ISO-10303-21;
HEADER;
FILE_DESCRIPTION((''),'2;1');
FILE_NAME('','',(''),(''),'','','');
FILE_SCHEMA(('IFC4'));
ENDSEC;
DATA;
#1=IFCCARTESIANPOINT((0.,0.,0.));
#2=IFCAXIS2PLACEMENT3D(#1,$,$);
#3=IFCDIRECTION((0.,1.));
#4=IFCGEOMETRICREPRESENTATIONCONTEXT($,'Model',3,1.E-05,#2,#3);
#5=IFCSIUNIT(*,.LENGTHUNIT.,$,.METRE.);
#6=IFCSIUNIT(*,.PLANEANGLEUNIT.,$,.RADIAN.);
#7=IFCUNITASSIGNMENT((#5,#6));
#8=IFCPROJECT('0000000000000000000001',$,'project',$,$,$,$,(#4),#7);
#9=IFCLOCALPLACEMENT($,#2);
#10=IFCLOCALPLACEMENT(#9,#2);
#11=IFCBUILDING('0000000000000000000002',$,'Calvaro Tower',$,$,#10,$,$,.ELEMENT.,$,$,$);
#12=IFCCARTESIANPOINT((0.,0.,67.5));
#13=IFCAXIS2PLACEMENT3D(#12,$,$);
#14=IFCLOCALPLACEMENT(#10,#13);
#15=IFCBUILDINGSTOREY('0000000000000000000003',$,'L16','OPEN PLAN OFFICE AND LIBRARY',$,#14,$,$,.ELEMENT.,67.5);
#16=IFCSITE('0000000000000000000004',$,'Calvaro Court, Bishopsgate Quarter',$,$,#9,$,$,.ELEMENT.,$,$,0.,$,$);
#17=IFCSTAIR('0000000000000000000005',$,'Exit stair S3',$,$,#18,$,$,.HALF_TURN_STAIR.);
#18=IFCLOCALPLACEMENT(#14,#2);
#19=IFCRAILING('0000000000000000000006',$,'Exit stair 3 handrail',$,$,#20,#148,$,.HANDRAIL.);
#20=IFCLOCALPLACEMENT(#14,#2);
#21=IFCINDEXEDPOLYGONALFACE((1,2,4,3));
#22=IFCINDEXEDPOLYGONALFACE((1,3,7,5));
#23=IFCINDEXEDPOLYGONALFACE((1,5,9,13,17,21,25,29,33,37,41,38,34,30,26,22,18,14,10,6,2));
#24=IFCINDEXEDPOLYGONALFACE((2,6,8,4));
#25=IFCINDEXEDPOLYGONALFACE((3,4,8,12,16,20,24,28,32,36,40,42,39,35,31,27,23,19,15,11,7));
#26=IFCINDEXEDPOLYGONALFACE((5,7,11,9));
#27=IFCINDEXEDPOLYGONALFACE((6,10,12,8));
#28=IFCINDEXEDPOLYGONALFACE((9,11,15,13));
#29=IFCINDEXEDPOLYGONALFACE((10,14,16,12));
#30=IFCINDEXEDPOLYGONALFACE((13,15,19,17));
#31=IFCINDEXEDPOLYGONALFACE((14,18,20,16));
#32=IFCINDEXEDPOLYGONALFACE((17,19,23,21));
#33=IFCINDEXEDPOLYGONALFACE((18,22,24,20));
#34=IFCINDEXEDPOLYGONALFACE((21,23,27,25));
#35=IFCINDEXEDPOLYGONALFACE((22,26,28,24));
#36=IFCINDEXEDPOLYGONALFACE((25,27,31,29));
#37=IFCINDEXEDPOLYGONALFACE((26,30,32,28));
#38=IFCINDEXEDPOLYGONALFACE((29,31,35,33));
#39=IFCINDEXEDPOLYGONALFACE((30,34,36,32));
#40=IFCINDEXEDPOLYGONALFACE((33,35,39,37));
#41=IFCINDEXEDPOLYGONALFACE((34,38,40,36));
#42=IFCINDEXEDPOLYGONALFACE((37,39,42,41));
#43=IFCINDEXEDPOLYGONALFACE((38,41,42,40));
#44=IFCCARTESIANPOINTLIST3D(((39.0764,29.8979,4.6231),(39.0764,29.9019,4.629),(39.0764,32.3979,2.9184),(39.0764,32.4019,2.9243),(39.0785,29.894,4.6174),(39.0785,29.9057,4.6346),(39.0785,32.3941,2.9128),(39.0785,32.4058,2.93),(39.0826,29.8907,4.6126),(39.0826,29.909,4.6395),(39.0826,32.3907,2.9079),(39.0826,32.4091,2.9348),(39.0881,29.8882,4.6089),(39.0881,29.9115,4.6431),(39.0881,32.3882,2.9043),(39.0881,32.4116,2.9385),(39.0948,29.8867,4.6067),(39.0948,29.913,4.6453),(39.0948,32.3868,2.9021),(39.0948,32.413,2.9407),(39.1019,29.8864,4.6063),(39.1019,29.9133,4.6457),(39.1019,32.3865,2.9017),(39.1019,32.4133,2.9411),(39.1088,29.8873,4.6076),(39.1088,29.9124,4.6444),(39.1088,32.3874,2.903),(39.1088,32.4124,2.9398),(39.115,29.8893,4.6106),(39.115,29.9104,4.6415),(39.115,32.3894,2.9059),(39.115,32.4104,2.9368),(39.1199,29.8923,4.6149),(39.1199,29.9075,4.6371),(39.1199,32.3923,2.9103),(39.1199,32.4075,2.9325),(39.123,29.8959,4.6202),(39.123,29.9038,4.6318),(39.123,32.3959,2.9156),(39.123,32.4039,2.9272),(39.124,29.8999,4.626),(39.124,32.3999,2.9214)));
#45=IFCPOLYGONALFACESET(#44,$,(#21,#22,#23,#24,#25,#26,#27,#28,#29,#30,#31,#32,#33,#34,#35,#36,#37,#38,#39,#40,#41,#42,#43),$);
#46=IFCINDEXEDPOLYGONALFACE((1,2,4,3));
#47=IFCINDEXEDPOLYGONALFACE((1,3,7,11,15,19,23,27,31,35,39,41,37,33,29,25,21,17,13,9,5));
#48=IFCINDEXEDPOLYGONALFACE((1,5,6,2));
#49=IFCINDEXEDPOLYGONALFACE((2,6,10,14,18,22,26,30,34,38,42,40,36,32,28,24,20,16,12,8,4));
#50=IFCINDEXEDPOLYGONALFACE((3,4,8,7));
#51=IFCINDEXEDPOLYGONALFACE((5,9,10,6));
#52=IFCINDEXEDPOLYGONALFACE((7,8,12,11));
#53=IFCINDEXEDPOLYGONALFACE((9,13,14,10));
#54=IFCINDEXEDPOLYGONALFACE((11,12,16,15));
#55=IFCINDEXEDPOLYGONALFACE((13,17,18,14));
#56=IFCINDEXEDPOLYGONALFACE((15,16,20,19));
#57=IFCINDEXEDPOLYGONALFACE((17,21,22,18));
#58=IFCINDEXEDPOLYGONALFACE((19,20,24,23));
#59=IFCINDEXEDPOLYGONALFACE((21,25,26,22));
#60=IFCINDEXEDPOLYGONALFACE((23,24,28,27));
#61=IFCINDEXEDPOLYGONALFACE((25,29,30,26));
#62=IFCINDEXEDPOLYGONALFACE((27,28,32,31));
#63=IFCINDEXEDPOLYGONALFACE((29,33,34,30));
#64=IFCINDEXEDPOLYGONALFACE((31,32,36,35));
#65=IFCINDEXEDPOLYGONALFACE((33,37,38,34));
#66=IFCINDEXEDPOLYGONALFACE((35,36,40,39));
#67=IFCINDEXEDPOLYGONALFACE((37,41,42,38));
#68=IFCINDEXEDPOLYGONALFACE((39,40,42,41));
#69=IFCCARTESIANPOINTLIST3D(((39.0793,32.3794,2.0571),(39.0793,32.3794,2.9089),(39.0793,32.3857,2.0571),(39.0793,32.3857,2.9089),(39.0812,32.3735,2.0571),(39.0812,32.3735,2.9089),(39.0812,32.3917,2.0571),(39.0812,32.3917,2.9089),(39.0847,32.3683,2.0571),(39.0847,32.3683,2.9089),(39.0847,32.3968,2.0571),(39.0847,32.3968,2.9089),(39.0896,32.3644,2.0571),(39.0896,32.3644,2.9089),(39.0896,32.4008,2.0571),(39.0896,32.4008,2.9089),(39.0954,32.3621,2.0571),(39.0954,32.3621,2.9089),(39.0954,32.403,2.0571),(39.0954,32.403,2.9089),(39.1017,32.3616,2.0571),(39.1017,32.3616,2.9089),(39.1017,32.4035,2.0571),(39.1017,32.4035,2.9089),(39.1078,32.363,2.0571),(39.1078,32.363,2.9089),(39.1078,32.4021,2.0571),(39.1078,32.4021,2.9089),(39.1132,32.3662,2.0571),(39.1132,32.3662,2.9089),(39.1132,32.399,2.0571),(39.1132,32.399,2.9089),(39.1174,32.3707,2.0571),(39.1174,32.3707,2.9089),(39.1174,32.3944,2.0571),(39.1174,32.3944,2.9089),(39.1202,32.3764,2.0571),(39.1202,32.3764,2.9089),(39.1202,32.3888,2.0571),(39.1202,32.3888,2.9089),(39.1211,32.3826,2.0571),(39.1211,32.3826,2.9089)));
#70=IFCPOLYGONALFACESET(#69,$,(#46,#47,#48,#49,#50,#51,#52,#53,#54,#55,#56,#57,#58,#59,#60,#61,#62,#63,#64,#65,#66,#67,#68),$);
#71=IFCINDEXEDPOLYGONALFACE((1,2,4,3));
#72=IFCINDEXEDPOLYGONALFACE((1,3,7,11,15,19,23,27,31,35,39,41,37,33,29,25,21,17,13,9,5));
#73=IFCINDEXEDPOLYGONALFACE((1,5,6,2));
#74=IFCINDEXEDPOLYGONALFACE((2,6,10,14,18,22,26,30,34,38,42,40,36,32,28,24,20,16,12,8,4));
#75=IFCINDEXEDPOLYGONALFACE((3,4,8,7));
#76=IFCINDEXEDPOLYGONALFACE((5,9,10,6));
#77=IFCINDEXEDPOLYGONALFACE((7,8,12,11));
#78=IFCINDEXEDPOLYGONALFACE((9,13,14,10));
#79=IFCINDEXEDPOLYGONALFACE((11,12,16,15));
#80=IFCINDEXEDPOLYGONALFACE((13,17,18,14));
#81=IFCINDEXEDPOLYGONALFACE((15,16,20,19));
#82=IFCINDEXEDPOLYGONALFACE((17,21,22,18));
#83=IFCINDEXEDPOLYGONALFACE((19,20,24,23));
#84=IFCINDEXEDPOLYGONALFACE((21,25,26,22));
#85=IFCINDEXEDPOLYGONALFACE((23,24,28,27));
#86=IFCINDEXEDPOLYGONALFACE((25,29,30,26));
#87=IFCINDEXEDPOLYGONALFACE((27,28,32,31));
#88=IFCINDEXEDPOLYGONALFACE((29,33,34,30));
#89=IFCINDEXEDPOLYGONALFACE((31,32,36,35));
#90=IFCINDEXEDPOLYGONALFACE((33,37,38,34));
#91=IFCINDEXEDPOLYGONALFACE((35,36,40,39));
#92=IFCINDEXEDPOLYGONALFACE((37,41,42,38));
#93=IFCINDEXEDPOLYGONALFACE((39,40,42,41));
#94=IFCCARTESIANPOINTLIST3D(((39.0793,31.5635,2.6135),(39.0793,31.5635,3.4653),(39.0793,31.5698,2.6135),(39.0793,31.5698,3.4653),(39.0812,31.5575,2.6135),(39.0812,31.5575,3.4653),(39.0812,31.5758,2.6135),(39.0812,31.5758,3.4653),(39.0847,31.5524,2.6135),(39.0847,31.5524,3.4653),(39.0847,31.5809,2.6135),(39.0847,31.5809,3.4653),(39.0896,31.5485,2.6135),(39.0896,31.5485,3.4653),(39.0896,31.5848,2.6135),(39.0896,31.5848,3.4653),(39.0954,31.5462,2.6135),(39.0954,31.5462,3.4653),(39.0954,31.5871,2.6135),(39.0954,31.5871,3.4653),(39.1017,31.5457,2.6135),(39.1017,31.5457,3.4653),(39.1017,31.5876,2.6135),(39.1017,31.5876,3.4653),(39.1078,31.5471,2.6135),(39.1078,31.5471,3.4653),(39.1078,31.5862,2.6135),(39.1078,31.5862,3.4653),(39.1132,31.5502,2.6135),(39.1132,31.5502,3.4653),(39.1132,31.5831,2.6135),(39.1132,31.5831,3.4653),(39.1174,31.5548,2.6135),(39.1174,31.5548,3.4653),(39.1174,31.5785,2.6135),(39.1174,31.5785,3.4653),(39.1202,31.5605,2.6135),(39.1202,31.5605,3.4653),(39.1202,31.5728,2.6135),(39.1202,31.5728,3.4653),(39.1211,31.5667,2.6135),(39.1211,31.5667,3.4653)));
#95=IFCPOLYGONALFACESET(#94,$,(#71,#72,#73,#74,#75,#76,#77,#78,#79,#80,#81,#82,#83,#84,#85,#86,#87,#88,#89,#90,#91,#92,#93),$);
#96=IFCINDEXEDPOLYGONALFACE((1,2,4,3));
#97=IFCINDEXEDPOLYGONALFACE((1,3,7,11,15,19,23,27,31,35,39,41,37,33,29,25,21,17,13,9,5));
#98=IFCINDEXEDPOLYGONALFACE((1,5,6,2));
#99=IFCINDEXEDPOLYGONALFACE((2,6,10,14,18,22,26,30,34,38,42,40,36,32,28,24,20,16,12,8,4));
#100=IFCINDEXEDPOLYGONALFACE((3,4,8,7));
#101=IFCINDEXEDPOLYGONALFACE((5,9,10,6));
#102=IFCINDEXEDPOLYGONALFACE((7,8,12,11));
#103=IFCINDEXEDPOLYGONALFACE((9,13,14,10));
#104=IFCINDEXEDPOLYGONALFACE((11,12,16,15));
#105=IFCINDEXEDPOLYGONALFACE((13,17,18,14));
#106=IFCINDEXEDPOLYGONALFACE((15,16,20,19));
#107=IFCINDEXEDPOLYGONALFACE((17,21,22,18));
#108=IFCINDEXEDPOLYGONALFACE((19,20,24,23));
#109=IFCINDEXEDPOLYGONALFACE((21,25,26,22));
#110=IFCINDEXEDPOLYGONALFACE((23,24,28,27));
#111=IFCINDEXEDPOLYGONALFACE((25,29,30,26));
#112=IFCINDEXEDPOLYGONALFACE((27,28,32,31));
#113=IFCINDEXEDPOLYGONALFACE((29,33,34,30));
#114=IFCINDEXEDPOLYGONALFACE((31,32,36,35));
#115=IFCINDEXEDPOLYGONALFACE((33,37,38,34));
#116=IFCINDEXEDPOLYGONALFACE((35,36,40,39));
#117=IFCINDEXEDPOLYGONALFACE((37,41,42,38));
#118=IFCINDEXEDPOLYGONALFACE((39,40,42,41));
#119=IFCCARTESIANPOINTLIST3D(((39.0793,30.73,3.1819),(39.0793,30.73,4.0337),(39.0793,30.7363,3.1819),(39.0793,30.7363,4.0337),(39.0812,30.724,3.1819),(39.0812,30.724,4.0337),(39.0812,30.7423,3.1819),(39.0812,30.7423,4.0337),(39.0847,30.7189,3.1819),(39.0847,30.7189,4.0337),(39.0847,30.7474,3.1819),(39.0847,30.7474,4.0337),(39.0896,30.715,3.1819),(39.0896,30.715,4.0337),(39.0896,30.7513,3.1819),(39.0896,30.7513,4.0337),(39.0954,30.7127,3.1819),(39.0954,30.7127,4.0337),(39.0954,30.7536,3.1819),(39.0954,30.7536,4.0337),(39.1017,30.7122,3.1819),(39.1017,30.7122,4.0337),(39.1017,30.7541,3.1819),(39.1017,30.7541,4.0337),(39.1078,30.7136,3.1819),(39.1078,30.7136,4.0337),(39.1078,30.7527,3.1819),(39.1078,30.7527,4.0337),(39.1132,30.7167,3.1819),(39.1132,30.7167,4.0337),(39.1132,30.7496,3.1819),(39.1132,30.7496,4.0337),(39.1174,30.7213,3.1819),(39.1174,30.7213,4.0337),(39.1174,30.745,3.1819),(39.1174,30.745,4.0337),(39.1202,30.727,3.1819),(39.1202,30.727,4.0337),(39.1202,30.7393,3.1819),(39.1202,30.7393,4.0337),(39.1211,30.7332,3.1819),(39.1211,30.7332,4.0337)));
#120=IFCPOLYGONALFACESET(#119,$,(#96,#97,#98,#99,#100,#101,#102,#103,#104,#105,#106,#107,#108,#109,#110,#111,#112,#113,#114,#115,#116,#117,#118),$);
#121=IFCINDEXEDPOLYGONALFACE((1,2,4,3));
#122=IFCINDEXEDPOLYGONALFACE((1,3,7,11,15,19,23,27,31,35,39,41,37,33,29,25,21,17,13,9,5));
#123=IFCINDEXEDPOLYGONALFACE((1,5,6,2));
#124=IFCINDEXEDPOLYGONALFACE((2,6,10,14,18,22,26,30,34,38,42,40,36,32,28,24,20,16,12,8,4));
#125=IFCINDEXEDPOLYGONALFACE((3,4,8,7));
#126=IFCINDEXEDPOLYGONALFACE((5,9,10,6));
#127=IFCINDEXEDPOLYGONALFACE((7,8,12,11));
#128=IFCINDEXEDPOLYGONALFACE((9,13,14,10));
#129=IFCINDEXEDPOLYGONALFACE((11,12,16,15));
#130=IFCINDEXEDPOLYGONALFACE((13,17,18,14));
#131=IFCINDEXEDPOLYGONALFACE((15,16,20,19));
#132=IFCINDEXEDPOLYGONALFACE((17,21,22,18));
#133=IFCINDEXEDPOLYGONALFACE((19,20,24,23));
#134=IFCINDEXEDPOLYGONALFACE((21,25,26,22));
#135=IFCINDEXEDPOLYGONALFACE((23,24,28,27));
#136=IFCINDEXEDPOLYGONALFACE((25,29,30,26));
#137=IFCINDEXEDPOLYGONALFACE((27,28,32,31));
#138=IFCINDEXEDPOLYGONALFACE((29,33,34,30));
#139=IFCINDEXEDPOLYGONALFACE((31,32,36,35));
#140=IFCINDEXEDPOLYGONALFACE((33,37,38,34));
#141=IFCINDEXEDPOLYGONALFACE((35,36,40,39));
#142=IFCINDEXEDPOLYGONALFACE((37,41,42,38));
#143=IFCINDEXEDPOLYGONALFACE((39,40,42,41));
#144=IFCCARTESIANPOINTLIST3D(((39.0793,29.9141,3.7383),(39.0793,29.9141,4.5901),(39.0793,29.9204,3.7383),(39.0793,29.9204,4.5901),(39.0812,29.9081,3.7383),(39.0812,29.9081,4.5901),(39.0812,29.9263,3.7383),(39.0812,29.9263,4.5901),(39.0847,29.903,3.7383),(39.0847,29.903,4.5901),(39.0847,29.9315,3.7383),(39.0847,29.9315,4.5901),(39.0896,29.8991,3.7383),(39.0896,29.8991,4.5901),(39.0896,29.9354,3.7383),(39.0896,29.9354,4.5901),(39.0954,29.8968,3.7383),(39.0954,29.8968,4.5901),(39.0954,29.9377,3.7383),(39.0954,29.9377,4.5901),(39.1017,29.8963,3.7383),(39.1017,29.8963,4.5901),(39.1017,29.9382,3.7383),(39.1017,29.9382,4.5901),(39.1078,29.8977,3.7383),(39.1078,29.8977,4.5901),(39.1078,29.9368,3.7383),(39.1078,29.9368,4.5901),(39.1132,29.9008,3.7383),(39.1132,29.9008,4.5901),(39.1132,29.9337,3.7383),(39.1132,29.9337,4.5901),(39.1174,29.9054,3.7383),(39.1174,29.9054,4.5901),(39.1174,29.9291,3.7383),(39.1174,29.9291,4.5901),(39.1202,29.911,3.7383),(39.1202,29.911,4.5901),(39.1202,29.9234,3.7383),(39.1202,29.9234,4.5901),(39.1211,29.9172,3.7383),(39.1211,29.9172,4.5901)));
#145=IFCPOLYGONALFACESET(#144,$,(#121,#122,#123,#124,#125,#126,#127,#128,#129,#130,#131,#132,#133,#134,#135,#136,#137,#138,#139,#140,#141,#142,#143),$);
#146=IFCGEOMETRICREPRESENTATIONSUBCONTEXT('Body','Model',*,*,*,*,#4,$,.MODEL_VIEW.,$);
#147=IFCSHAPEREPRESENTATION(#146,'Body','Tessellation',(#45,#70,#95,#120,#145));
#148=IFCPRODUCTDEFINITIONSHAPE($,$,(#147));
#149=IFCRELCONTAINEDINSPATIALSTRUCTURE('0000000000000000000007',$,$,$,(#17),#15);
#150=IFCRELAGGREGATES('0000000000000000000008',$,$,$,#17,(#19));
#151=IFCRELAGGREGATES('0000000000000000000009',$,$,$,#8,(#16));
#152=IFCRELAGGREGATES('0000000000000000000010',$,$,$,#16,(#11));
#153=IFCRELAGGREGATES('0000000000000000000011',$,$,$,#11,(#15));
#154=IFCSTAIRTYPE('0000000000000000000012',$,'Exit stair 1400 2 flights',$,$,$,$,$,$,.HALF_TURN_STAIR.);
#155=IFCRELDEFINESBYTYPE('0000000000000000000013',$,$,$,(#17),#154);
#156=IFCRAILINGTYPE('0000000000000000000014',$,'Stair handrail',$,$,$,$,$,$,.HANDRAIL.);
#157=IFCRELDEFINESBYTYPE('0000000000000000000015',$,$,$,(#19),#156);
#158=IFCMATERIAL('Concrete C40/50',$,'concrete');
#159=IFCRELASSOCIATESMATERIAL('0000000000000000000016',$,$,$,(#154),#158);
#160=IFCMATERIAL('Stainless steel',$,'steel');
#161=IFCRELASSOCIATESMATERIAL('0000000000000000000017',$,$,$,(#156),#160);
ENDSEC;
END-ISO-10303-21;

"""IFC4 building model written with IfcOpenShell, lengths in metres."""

from ifc_helpers import new_model, si_unit, direction, frame, origin, origin_2d, place, context, subcontext, project, spatial, circle, extrude, material, type_object, element, aggregate, save


model = new_model("IFC4")

# Units and contexts
model_context = context("Model", 3, precision=1e-05, world=origin(), true_north=direction((0.0, 1.0)))
body_context = subcontext(model_context, "Body", "Model", "MODEL_VIEW")
ifc_project = project(units=[si_unit("LENGTHUNIT", "METRE"), si_unit("PLANEANGLEUNIT", "RADIAN")], contexts=[model_context])

# Site, building, storey
site_placement = place(None, origin())
site = spatial("IfcSite", under=ifc_project, at=site_placement, Name="Calvaro Court, Bishopsgate Quarter", CompositionType="ELEMENT", RefElevation=0.0)
building_placement = place(site_placement, origin())
building = spatial("IfcBuilding", under=site, at=building_placement, Name="Calvaro Tower", CompositionType="ELEMENT")
storey_placement = place(building_placement, frame((0.0, 0.0, 67.5)))
storey = spatial("IfcBuildingStorey", under=building, at=storey_placement, Name="L16", Description="OPEN PLAN OFFICE AND LIBRARY", CompositionType="ELEMENT", Elevation=67.5)

# Stair
ifc_material_1 = material(Name="Concrete C40/50", Category="concrete")
stair_type = type_object("IfcStairType", Name="Exit stair 1400 2 flights", PredefinedType="HALF_TURN_STAIR", material=ifc_material_1)
stair_1_placement = place(storey_placement, origin())
stair_1 = element("IfcStair", 1, at=stair_1_placement, inside=storey, type_object=stair_type, Name="Exit stair S3", PredefinedType="HALF_TURN_STAIR")

# Railing
ifc_material_2 = material(Name="Stainless steel", Category="steel")
railing_type = type_object("IfcRailingType", Name="Stair handrail", PredefinedType="HANDRAIL", material=ifc_material_2)
railing_1_placement = place(storey_placement, frame((39.1001, 32.3999, 2.0454)))
railing_1 = element("IfcRailing", 2, at=railing_1_placement, type_object=railing_type, Name="Exit stair 3 handrail", PredefinedType="HANDRAIL", context=body_context, shape_type="SweptSolid", body=[
    extrude(circle(Radius=0.0239, at=origin_2d()), frame((0.0, 0.0, 0.876), z_axis=(0.0, -0.826221, 0.563347), x_axis=(1.0, 0.0, 0.0)), (0.0, 0.0, 1.0), 3.0259),
    extrude(circle(Radius=0.021, at=origin_2d()), frame((0.0, -0.0173, 0.0117)), (0.0, 0.0, 1.0), 0.8518),
    extrude(circle(Radius=0.021, at=origin_2d()), frame((0.0, -0.8333, 0.5681)), (0.0, 0.0, 1.0), 0.8518),
    extrude(circle(Radius=0.021, at=origin_2d()), frame((0.0, -1.6667, 1.1365)), (0.0, 0.0, 1.0), 0.8518),
    extrude(circle(Radius=0.021, at=origin_2d()), frame((0.0, -2.4827, 1.6929)), (0.0, 0.0, 1.0), 0.8518),
])
aggregate(stair_1, [railing_1])

save(model, "model.ifc")
